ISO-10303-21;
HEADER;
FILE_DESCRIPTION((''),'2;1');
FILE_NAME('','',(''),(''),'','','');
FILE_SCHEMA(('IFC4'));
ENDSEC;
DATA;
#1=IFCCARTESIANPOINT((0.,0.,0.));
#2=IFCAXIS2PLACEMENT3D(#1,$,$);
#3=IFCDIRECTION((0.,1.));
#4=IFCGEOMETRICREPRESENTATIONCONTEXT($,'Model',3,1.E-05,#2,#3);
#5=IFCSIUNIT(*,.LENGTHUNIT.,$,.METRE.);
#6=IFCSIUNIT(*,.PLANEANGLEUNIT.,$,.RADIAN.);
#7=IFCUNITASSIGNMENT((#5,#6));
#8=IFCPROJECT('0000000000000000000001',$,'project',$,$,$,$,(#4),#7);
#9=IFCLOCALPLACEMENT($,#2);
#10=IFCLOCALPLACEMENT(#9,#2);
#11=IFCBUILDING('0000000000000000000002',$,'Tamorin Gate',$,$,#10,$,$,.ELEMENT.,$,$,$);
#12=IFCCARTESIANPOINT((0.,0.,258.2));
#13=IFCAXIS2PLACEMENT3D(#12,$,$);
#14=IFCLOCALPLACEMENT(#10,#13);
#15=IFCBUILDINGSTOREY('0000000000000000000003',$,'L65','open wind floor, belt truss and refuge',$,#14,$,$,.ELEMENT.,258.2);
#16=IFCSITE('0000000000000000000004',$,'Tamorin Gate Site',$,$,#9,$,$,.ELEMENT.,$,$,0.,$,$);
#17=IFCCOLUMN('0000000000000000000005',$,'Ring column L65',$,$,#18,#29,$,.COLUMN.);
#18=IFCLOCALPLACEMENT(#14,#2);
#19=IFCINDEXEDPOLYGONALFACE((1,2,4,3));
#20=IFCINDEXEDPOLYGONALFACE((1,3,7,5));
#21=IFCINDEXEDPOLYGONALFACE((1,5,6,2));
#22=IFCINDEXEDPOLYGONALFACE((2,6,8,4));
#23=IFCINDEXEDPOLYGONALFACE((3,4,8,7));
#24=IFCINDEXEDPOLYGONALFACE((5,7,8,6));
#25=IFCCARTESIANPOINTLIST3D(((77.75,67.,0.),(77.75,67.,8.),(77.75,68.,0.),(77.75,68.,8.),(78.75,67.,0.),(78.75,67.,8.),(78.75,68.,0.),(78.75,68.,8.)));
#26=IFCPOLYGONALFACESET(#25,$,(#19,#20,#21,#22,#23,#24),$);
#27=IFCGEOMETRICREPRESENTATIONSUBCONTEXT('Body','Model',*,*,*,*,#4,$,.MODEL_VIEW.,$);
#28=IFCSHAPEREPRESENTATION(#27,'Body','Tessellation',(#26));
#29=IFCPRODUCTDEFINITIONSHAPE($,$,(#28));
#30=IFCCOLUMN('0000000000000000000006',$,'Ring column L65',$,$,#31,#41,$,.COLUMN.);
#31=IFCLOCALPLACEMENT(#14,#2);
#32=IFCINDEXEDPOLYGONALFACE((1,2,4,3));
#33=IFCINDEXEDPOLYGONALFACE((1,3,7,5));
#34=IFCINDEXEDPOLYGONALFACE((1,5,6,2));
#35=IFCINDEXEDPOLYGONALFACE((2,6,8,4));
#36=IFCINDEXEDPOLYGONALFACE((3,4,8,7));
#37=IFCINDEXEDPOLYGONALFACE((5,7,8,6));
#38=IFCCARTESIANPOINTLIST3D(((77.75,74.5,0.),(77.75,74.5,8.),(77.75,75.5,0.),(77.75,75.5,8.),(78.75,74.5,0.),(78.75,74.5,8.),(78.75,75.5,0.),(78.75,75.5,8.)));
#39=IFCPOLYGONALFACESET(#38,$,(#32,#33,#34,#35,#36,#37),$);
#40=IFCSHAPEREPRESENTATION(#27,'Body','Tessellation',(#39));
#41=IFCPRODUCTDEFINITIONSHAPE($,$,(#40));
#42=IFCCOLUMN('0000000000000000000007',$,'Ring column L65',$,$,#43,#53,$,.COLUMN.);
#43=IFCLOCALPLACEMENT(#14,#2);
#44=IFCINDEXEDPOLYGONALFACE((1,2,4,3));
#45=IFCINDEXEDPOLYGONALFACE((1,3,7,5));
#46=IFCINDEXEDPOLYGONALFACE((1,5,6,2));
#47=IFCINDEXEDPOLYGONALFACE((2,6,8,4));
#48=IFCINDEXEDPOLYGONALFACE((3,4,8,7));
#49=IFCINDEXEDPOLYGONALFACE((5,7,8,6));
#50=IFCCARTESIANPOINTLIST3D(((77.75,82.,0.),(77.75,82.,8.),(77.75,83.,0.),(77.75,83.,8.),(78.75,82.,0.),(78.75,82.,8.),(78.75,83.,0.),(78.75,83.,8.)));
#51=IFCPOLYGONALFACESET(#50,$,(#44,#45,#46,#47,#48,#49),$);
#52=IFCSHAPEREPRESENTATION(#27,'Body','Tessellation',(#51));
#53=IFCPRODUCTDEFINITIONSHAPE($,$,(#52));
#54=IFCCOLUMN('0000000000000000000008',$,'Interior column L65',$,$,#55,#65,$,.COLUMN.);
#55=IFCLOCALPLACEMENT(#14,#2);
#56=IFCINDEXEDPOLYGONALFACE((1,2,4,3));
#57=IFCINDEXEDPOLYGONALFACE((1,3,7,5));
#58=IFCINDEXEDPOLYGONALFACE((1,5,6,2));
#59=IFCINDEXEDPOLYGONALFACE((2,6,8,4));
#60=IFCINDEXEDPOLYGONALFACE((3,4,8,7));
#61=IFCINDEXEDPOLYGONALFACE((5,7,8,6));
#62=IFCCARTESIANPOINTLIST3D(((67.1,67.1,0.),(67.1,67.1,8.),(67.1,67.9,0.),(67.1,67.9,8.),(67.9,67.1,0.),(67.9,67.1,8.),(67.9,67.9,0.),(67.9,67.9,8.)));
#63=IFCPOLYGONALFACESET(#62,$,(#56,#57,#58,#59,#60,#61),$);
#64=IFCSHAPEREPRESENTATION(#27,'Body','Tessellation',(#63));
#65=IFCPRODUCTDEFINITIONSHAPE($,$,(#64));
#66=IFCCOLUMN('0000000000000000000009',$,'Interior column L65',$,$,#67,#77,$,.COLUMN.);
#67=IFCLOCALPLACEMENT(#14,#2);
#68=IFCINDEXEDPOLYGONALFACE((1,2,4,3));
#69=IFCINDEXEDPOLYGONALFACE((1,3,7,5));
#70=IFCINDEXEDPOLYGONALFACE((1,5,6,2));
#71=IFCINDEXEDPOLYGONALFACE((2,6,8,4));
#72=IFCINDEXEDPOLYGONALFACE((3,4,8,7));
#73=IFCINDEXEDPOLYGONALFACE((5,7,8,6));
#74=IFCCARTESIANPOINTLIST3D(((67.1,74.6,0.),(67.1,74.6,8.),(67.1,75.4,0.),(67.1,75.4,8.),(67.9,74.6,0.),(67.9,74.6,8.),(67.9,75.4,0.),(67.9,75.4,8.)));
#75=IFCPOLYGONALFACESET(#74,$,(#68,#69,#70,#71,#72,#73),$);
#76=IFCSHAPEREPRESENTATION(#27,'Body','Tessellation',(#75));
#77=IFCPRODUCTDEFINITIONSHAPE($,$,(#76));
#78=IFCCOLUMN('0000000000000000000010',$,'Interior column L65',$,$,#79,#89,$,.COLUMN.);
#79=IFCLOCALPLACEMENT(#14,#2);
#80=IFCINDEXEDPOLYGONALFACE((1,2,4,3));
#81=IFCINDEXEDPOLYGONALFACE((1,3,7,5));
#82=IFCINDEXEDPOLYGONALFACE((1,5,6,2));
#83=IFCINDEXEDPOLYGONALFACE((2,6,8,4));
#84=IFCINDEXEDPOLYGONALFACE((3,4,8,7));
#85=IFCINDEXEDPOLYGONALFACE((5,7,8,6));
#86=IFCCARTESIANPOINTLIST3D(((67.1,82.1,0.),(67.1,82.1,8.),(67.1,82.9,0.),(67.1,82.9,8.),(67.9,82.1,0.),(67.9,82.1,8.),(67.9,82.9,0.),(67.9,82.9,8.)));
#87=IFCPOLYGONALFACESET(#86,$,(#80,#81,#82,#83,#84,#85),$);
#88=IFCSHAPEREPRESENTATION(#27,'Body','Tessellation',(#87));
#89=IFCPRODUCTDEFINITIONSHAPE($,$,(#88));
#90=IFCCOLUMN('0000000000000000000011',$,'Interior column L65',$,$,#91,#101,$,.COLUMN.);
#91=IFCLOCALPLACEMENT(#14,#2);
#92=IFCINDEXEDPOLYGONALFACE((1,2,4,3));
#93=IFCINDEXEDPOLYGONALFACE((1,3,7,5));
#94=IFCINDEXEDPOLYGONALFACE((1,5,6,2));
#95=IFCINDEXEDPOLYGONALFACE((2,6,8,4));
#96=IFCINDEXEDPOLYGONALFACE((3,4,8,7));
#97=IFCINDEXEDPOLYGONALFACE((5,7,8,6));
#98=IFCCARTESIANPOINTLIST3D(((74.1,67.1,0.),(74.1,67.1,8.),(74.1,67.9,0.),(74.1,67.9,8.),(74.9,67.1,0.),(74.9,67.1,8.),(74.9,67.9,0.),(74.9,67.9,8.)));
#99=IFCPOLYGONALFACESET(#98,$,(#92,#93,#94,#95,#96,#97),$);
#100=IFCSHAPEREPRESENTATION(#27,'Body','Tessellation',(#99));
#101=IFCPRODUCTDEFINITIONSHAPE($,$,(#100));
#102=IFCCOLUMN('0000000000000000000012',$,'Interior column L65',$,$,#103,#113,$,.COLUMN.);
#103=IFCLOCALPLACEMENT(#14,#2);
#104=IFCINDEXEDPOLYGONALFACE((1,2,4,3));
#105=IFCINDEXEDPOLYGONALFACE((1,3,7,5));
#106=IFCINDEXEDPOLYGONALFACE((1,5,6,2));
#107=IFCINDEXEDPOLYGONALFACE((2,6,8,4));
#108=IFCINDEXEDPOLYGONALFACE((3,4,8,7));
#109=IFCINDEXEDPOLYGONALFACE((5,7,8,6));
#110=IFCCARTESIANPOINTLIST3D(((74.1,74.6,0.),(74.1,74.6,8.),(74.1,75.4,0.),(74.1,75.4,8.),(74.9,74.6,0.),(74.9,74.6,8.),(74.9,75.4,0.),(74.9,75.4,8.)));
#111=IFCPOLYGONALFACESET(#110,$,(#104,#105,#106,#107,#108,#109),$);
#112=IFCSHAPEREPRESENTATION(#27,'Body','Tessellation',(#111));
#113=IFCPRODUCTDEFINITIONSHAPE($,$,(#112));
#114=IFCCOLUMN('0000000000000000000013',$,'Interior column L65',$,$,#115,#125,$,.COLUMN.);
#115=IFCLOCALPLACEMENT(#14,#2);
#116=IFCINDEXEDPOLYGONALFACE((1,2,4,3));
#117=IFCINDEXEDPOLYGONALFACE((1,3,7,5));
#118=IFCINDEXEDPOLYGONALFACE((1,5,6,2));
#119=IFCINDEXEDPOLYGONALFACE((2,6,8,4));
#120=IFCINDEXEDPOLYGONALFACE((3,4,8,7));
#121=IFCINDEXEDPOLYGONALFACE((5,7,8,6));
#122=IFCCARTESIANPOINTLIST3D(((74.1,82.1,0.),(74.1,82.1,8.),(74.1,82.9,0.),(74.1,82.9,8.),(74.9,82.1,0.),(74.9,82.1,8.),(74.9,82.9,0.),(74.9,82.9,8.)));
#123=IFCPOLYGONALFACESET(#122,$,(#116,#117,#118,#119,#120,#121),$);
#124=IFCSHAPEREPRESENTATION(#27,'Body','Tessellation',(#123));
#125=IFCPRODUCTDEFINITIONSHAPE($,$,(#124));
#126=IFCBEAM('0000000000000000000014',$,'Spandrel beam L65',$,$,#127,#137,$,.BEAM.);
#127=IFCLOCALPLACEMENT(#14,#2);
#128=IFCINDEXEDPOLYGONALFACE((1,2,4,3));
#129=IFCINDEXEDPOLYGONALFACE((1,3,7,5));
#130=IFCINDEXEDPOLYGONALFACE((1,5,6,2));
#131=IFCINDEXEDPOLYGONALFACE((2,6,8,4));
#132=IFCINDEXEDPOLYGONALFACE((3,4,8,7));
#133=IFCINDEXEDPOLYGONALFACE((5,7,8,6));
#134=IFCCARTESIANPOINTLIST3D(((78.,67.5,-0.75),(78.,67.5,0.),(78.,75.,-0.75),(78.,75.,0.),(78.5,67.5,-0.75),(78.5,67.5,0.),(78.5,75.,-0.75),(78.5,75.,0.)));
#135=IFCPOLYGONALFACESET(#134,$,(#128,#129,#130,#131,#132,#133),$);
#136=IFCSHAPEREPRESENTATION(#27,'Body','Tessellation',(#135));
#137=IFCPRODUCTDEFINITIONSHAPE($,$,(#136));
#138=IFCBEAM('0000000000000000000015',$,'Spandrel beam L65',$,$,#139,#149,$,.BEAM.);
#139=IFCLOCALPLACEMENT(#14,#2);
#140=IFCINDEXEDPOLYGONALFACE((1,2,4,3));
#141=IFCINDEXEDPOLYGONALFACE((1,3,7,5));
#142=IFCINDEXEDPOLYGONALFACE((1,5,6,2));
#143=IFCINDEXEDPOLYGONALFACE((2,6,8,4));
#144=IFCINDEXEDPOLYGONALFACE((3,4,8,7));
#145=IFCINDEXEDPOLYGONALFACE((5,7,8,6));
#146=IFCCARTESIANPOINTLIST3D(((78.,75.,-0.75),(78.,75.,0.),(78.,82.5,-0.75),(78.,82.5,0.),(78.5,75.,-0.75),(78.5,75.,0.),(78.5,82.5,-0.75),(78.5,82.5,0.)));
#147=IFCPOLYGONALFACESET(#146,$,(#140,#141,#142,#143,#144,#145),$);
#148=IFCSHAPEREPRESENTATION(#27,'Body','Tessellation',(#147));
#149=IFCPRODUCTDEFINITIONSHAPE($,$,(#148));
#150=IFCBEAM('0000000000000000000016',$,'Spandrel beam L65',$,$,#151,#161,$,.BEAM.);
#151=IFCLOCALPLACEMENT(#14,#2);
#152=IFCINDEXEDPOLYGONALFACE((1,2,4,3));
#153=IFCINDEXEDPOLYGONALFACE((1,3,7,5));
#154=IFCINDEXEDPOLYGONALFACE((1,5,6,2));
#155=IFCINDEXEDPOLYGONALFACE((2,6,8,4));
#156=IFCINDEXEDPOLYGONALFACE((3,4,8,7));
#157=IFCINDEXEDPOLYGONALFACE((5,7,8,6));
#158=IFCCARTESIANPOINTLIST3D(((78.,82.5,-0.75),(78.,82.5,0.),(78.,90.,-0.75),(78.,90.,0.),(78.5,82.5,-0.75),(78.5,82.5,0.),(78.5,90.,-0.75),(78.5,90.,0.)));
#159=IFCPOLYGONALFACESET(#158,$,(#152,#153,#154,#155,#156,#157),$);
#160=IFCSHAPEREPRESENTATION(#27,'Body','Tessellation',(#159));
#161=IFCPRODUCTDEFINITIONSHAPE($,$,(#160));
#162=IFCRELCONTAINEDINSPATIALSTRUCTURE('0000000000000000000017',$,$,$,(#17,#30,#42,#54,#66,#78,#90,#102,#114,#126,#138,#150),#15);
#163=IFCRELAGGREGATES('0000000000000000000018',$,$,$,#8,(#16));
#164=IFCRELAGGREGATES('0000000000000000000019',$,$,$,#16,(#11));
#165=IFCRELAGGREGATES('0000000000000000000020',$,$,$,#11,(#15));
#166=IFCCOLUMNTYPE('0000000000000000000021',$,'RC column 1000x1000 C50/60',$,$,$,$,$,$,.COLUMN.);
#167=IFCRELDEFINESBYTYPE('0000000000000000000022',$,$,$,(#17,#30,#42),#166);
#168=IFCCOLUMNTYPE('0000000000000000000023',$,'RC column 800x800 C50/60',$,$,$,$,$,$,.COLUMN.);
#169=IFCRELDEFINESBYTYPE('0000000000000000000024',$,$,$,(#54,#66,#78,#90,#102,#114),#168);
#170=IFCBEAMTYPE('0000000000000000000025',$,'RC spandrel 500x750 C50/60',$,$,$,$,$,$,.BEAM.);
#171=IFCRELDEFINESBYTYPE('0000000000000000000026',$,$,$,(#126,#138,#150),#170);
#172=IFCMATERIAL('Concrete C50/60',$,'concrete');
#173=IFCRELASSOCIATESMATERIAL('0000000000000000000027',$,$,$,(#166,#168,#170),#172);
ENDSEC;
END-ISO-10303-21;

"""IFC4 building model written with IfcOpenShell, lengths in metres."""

from ifc_helpers import new_model, si_unit, direction, frame, origin, origin_2d, place, context, subcontext, project, spatial, rectangle, extrude, material, material_profile, profile_set, type_object, element, save


model = new_model("IFC4")

# Units and contexts
model_context = context("Model", 3, precision=1e-05, world=origin(), true_north=direction((0.0, 1.0)))
body_context = subcontext(model_context, "Body", "Model", "MODEL_VIEW")
ifc_project = project(units=[si_unit("LENGTHUNIT", "METRE"), si_unit("PLANEANGLEUNIT", "RADIAN")], contexts=[model_context])

# Site, building, storey
site_placement = place(None, origin())
site = spatial("IfcSite", under=ifc_project, at=site_placement, Name="Tamorin Gate Site", CompositionType="ELEMENT", RefElevation=0.0)
building_placement = place(site_placement, origin())
building = spatial("IfcBuilding", under=site, at=building_placement, Name="Tamorin Gate", CompositionType="ELEMENT")
storey_placement = place(building_placement, frame((0.0, 0.0, 258.2)))
storey = spatial("IfcBuildingStorey", under=building, at=storey_placement, Name="L65", Description="open wind floor, belt truss and refuge", CompositionType="ELEMENT", Elevation=258.2)

# Columns
ifc_material_1 = material(Name="Concrete C50/60", Category="concrete")
ifc_material_profile_1 = material_profile(ifc_material_1, rectangle(XDim=1.0, YDim=1.0, at=origin_2d()), Name="RC 1000x1000")
ifc_profile_set_1 = profile_set([ifc_material_profile_1], Name="Concrete C50/60")
column_type_1 = type_object("IfcColumnType", Name="RC column 1000x1000 C50/60", PredefinedType="COLUMN", material=ifc_profile_set_1)
for number, where, z_axis, x_axis, name in (
    (1, (78.25, 67.5, 0.0), (0.0, 0.0, 1.0), (1.0, 0.0, 0.0), "Ring column L65"),
    (2, (78.25, 75.0, 0.0), (0.0, 0.0, 1.0), (1.0, 0.0, 0.0), "Ring column L65"),
    (3, (78.25, 82.5, 0.0), (0.0, 0.0, 1.0), (1.0, 0.0, 0.0), "Ring column L65"),
):
    element("IfcColumn", number, at=place(storey_placement, frame(where, z_axis=z_axis, x_axis=x_axis)), inside=storey, type_object=column_type_1, Name=name, PredefinedType="COLUMN", context=body_context, shape_type="SweptSolid", body=[
        extrude(rectangle(XDim=1.0, YDim=1.0, at=origin_2d()), origin(), (0.0, 0.0, 1.0), 8.0),
    ])
ifc_material_profile_2 = material_profile(ifc_material_1, rectangle(XDim=0.8, YDim=0.8, at=origin_2d()), Name="RC 800x800")
ifc_profile_set_2 = profile_set([ifc_material_profile_2], Name="Concrete C50/60")
column_type_2 = type_object("IfcColumnType", Name="RC column 800x800 C50/60", PredefinedType="COLUMN", material=ifc_profile_set_2)
for number, where, z_axis, x_axis, name in (
    (4, (67.5, 67.5, 0.0), (0.0, 0.0, 1.0), (1.0, 0.0, 0.0), "Interior column L65"),
    (5, (67.5, 75.0, 0.0), (0.0, 0.0, 1.0), (1.0, 0.0, 0.0), "Interior column L65"),
    (6, (67.5, 82.5, 0.0), (0.0, 0.0, 1.0), (1.0, 0.0, 0.0), "Interior column L65"),
    (7, (74.5, 67.5, 0.0), (0.0, 0.0, 1.0), (1.0, 0.0, 0.0), "Interior column L65"),
    (8, (74.5, 75.0, 0.0), (0.0, 0.0, 1.0), (1.0, 0.0, 0.0), "Interior column L65"),
    (9, (74.5, 82.5, 0.0), (0.0, 0.0, 1.0), (1.0, 0.0, 0.0), "Interior column L65"),
):
    element("IfcColumn", number, at=place(storey_placement, frame(where, z_axis=z_axis, x_axis=x_axis)), inside=storey, type_object=column_type_2, Name=name, PredefinedType="COLUMN", context=body_context, shape_type="SweptSolid", body=[
        extrude(rectangle(XDim=0.8, YDim=0.8, at=origin_2d()), origin(), (0.0, 0.0, 1.0), 8.0),
    ])

# Beams
ifc_material_profile_3 = material_profile(ifc_material_1, rectangle(XDim=0.5, YDim=0.75, at=origin_2d()), Name="RC 500x750")
ifc_profile_set_3 = profile_set([ifc_material_profile_3], Name="Concrete C50/60")
beam_type = type_object("IfcBeamType", Name="RC spandrel 500x750 C50/60", PredefinedType="BEAM", material=ifc_profile_set_3)
for number, where, z_axis, x_axis, name in (
    (10, (78.25, 67.5, -0.375), (0.0, 1.0, 0.0), (-1.0, 0.0, 0.0), "Spandrel beam L65"),
    (11, (78.25, 75.0, -0.375), (0.0, 1.0, 0.0), (-1.0, 0.0, 0.0), "Spandrel beam L65"),
    (12, (78.25, 82.5, -0.375), (0.0, 1.0, 0.0), (-1.0, 0.0, 0.0), "Spandrel beam L65"),
):
    element("IfcBeam", number, at=place(storey_placement, frame(where, z_axis=z_axis, x_axis=x_axis)), inside=storey, type_object=beam_type, Name=name, PredefinedType="BEAM", context=body_context, shape_type="SweptSolid", body=[
        extrude(rectangle(XDim=0.5, YDim=0.75, at=origin_2d()), origin(), (0.0, 0.0, 1.0), 7.5),
    ])

save(model, "model.ifc")
